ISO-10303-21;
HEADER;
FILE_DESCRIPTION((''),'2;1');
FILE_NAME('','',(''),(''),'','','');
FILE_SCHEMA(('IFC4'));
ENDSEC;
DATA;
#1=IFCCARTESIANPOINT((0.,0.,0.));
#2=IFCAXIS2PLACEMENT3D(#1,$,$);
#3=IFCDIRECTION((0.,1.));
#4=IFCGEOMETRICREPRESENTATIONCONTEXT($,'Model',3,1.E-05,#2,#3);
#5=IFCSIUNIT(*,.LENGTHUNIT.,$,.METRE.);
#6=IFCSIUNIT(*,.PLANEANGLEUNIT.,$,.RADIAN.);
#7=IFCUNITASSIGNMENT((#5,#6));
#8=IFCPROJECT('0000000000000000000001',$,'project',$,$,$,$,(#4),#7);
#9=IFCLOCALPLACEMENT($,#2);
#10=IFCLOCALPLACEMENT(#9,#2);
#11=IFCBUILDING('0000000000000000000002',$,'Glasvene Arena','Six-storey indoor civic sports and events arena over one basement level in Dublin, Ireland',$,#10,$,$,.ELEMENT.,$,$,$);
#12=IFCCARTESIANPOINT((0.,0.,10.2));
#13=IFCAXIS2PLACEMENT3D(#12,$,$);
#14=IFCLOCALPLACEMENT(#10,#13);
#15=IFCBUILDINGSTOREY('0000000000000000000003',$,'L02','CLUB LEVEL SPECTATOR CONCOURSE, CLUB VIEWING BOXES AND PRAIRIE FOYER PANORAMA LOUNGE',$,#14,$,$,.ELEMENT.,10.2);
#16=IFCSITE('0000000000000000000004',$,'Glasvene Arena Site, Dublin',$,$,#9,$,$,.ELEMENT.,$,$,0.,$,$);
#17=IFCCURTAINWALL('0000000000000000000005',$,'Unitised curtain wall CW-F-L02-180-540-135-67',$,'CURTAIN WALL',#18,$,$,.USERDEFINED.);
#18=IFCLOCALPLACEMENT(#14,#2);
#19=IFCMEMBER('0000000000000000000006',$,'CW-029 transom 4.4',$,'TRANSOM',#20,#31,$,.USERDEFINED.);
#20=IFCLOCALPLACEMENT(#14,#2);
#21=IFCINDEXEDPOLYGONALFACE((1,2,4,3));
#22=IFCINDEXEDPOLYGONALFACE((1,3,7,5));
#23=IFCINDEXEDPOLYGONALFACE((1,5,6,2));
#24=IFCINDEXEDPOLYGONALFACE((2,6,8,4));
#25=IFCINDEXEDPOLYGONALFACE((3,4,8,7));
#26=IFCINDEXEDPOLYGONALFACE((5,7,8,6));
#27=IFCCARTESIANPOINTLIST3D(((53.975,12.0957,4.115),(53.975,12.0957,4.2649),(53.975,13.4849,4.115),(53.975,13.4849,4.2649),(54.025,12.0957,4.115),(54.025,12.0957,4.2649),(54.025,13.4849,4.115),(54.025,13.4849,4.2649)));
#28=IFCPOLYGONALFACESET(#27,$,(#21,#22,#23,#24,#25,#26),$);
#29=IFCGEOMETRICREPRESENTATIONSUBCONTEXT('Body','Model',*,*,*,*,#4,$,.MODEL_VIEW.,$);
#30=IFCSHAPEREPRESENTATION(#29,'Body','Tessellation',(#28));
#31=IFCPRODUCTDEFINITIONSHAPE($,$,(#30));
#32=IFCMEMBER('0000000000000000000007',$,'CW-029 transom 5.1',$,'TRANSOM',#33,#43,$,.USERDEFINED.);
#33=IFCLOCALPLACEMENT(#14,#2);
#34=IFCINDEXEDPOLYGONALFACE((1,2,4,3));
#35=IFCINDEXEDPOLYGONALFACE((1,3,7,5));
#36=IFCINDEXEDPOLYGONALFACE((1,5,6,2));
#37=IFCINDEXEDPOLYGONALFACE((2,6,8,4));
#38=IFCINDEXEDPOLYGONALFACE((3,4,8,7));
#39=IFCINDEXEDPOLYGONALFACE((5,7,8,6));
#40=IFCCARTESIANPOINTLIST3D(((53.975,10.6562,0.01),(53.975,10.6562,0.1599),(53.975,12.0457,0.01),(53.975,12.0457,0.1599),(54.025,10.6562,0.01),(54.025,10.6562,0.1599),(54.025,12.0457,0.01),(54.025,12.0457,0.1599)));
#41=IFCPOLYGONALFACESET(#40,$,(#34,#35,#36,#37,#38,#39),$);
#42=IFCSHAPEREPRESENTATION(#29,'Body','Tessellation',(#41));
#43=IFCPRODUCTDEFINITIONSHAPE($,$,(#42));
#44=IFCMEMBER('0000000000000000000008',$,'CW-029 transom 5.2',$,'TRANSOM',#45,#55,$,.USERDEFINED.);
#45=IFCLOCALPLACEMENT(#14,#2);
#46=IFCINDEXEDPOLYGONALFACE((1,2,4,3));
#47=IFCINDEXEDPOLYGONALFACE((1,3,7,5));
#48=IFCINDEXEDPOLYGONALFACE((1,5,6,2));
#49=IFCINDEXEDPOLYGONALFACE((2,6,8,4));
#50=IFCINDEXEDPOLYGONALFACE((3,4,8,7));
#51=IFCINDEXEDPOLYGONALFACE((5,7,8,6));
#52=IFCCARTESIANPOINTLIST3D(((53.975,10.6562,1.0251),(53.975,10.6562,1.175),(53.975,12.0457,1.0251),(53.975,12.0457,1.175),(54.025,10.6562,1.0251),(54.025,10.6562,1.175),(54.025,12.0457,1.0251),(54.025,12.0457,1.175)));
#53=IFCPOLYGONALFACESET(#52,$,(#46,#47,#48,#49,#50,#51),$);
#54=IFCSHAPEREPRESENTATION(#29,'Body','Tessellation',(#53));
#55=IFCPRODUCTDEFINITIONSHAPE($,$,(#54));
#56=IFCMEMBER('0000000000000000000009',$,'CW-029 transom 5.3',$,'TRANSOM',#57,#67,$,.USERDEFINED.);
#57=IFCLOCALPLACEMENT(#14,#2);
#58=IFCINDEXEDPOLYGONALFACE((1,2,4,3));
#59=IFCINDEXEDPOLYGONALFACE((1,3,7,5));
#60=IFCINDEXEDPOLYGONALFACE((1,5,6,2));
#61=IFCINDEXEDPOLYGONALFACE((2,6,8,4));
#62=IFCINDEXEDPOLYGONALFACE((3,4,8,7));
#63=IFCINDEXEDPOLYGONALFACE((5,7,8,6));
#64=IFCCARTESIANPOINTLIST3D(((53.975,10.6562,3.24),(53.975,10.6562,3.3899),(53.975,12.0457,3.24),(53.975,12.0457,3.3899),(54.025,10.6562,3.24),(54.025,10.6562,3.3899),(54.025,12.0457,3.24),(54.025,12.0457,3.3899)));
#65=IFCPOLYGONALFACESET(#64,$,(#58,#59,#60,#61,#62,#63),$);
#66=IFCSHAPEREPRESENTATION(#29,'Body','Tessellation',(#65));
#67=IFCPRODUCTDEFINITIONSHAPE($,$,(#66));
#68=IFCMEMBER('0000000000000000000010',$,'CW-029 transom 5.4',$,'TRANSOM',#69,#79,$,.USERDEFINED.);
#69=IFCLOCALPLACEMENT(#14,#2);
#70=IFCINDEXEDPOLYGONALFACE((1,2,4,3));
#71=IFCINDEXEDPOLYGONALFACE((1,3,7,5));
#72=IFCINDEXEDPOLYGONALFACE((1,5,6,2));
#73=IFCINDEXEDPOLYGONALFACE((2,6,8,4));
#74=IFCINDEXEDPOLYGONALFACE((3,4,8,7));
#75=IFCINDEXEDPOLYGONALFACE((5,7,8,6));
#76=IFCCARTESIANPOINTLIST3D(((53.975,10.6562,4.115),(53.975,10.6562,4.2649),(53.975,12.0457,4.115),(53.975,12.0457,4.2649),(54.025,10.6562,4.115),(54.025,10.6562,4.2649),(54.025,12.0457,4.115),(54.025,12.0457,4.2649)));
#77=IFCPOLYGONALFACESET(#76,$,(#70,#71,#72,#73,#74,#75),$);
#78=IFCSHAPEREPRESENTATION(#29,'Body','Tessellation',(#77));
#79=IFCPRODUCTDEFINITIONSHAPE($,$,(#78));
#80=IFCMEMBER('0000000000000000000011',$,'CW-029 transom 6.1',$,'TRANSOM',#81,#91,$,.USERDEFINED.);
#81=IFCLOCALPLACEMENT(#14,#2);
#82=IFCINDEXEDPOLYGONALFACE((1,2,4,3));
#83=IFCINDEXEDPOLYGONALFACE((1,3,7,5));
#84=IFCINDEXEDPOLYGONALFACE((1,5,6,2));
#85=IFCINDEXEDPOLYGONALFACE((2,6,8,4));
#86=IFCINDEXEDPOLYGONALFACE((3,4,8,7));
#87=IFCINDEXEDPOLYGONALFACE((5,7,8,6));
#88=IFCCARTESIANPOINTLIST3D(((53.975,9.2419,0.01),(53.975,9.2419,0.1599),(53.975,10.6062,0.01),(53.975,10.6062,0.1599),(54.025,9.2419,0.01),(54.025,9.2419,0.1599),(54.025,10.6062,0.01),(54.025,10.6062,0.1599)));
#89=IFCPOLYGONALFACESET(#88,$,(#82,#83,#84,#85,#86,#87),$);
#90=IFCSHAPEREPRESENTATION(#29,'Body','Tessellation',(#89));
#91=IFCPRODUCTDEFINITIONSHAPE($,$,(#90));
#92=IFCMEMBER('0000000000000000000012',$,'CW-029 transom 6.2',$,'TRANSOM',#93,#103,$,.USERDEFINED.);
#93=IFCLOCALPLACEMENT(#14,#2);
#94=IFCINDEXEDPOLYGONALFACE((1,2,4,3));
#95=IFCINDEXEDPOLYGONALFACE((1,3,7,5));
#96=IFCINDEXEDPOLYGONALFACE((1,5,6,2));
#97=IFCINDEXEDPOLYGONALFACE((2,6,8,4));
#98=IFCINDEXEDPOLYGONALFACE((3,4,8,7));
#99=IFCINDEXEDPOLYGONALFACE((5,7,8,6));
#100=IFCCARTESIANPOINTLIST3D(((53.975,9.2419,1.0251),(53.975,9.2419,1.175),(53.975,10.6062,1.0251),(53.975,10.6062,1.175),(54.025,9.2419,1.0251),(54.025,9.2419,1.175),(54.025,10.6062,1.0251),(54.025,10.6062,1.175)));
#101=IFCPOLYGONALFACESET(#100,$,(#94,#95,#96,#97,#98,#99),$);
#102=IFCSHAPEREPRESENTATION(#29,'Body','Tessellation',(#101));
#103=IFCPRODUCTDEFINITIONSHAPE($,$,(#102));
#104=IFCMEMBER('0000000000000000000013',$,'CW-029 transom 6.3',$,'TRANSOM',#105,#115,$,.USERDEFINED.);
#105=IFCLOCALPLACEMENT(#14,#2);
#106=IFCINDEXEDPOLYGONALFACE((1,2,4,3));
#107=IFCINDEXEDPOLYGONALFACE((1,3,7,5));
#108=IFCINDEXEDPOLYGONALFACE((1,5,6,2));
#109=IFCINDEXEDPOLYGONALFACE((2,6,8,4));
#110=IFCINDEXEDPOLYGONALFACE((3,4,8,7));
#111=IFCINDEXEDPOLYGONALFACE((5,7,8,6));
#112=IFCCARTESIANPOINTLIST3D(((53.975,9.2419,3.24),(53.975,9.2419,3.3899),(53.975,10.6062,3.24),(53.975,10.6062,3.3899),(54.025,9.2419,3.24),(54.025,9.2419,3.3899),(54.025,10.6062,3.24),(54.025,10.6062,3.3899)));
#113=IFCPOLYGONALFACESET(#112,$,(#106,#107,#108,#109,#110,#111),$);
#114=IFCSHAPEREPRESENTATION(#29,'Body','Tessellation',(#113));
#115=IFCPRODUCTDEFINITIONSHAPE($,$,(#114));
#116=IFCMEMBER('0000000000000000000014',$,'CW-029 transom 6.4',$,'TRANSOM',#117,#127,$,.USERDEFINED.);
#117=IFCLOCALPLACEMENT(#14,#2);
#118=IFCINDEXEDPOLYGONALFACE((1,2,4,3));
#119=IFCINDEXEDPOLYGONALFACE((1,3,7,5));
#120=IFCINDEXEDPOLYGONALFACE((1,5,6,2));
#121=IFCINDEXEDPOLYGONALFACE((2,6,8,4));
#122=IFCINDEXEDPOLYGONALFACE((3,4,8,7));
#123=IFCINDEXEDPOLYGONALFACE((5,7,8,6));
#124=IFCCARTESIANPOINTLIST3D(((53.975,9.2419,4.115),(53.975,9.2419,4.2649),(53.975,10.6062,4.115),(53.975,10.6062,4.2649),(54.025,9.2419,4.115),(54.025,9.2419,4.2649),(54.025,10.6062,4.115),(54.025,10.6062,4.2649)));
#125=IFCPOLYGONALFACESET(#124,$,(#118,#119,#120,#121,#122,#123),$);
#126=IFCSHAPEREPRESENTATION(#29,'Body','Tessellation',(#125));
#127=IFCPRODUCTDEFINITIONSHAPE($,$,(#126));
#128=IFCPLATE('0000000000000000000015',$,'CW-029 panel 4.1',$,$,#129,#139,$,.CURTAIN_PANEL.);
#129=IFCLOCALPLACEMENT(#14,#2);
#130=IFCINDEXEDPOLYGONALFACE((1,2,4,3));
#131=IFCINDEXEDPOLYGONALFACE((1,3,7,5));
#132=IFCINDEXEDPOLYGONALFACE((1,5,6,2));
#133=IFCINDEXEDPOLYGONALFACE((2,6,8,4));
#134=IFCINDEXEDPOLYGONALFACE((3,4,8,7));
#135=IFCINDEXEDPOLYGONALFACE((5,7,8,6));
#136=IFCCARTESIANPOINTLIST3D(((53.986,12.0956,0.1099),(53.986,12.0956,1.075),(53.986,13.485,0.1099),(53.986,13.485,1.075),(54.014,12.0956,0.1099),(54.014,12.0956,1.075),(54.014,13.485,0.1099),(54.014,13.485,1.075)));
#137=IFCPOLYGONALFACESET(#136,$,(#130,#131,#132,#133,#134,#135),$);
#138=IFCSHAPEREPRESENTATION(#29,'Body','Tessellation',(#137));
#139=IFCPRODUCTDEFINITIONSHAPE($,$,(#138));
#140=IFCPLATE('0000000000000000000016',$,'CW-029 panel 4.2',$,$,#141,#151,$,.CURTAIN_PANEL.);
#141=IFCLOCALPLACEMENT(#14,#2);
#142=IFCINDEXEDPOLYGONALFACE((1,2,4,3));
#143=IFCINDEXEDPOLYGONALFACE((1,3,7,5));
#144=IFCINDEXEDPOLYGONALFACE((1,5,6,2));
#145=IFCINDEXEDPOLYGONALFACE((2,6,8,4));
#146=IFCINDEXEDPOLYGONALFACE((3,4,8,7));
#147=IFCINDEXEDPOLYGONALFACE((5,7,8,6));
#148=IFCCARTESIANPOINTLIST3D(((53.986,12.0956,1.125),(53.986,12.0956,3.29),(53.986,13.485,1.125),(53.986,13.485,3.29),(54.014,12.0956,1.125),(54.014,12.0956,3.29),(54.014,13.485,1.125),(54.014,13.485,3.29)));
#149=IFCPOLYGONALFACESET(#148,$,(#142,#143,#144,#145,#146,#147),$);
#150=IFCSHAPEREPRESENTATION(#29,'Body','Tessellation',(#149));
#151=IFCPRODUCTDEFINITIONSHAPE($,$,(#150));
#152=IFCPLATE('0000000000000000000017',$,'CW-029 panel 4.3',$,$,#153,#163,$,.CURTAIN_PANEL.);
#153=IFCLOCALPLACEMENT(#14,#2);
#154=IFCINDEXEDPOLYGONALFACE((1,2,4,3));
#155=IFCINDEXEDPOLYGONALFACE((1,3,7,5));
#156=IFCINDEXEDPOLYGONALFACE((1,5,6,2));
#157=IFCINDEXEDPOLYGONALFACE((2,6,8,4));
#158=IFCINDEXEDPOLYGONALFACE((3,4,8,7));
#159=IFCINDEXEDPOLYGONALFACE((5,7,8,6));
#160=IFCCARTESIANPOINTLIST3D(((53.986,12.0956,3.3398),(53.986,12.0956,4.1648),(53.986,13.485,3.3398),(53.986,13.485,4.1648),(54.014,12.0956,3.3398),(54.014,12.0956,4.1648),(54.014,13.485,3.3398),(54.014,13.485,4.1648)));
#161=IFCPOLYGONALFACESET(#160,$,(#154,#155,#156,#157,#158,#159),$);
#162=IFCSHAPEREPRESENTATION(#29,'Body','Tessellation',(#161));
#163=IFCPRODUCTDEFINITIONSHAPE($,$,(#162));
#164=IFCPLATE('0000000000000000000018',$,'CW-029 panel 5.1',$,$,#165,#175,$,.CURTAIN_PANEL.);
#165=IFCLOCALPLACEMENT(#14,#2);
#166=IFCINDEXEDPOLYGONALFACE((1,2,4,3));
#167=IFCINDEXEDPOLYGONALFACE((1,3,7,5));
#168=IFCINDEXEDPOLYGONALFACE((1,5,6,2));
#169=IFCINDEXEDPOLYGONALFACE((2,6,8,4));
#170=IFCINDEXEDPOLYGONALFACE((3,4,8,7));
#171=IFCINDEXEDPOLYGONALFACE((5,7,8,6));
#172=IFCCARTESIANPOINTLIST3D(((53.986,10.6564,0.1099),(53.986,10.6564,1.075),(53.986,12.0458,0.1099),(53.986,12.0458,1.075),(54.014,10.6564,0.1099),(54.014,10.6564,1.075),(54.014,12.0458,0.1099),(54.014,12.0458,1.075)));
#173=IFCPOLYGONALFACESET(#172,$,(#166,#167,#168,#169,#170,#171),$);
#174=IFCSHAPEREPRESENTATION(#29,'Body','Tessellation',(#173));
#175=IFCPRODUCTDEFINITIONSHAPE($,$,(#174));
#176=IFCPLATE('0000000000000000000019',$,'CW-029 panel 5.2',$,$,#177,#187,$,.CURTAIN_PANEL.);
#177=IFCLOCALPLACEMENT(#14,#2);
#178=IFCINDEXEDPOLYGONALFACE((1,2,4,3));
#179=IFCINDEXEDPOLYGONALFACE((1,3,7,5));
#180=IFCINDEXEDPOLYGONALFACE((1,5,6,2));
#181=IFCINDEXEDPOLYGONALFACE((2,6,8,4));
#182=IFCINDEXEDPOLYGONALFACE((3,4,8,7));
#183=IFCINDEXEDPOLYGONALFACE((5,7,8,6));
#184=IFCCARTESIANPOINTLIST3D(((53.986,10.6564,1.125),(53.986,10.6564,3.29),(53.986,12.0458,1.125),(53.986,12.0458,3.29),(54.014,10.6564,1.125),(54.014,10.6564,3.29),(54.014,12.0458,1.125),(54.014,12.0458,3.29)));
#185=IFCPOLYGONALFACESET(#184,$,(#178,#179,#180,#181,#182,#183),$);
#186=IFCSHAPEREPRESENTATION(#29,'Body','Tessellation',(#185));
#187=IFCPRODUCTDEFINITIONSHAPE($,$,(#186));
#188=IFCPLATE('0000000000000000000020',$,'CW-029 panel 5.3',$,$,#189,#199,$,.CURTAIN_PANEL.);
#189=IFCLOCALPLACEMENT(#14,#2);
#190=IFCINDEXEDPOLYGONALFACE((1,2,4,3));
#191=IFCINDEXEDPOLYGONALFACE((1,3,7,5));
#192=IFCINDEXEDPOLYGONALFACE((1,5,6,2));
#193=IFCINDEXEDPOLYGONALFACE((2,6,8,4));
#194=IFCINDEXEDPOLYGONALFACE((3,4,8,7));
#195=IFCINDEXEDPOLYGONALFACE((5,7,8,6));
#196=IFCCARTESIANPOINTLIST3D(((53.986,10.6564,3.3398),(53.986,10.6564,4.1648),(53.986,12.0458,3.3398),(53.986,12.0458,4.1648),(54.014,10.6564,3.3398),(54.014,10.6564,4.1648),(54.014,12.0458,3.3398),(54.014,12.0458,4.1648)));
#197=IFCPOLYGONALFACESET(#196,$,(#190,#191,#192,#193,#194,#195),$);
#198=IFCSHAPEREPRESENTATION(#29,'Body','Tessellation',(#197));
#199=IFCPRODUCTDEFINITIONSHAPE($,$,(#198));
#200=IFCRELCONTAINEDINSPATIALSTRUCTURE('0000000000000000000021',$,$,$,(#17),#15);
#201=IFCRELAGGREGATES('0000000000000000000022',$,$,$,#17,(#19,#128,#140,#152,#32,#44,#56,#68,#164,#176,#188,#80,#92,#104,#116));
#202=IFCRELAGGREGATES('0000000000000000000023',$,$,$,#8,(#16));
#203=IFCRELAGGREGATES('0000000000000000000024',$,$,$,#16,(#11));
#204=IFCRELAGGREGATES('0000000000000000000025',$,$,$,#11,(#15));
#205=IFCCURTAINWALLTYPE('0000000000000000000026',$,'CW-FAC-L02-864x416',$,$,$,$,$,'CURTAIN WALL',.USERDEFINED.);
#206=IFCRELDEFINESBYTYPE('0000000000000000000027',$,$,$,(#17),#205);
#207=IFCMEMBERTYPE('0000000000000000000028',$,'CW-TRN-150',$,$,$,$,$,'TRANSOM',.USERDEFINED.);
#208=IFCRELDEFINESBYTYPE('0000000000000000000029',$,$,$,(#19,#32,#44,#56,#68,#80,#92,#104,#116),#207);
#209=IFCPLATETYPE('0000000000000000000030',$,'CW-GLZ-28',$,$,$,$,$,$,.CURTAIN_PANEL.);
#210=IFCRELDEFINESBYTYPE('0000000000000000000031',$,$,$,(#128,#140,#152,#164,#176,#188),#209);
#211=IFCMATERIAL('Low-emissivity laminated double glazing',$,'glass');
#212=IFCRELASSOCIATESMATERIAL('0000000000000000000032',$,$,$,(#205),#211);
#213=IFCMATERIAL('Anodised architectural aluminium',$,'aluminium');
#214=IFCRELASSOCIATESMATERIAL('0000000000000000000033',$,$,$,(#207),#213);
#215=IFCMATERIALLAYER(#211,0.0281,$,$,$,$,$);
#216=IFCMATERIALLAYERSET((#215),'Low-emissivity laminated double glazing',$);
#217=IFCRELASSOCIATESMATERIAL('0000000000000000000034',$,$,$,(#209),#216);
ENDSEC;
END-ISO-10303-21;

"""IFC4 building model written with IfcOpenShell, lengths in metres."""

from ifc_helpers import new_model, si_unit, direction, frame, origin, origin_2d, place, context, subcontext, project, spatial, rectangle, extrude, material, layer, layer_set, material_profile, profile_set, type_object, element, aggregate, save


model = new_model("IFC4")

# Units and contexts
model_context = context("Model", 3, precision=1e-05, world=origin(), true_north=direction((0.0, 1.0)))
body_context = subcontext(model_context, "Body", "Model", "MODEL_VIEW")
ifc_project = project(units=[si_unit("LENGTHUNIT", "METRE"), si_unit("PLANEANGLEUNIT", "RADIAN")], contexts=[model_context])

# Site, building, storey
site_placement = place(None, origin())
site = spatial("IfcSite", under=ifc_project, at=site_placement, Name="Glasvene Arena Site, Dublin", CompositionType="ELEMENT", RefElevation=0.0)
building_placement = place(site_placement, origin())
building = spatial("IfcBuilding", under=site, at=building_placement, Name="Glasvene Arena", Description="Six-storey indoor civic sports and events arena over one basement level in Dublin, Ireland", CompositionType="ELEMENT")
storey_placement = place(building_placement, frame((0.0, 0.0, 10.2)))
storey = spatial("IfcBuildingStorey", under=building, at=storey_placement, Name="L02", Description="CLUB LEVEL SPECTATOR CONCOURSE, CLUB VIEWING BOXES AND PRAIRIE FOYER PANORAMA LOUNGE", CompositionType="ELEMENT", Elevation=10.2)

# Curtain wall, members, plates
ifc_material_1 = material(Name="Low-emissivity laminated double glazing", Category="glass")
curtain_wall_type = type_object("IfcCurtainWallType", Name="CW-FAC-L02-864x416", ElementType="CURTAIN WALL", PredefinedType="USERDEFINED", material=ifc_material_1)
curtain_wall_placement = place(storey_placement, frame((54.0, 17.8279, 0.0)))
curtain_wall = element("IfcCurtainWall", 1, at=curtain_wall_placement, inside=storey, type_object=curtain_wall_type, Name="Unitised curtain wall CW-F-L02-180-540-135-67", ObjectType="CURTAIN WALL", PredefinedType="USERDEFINED")
ifc_material_2 = material(Name="Anodised architectural aluminium", Category="aluminium")
ifc_material_profile_1 = material_profile(ifc_material_2, rectangle(XDim=0.05, YDim=0.1499, at=origin_2d()), Name="ALU TRANSOM 50x150")
ifc_profile_set_1 = profile_set([ifc_material_profile_1], Name="Anodised architectural aluminium")
member_type_1 = type_object("IfcMemberType", Name="CW-TRN-150", ElementType="TRANSOM", PredefinedType="USERDEFINED", material=ifc_profile_set_1)
member_1_placement = place(storey_placement, frame((54.0, 13.4849, 4.1899), z_axis=(0.0, -1.0, 0.0), x_axis=(1.0, 0.0, 0.0)))
member_1 = element("IfcMember", 2, at=member_1_placement, type_object=member_type_1, Name="CW-029 transom 4.4", ObjectType="TRANSOM", PredefinedType="USERDEFINED", context=body_context, shape_type="SweptSolid", body=[
    extrude(rectangle(XDim=0.05, YDim=0.1499, at=origin_2d()), origin(), (0.0, 0.0, 1.0), 1.3892),
])
member_2_placement = place(storey_placement, frame((54.0, 12.0457, 0.085), z_axis=(0.0, -1.0, 0.0), x_axis=(1.0, 0.0, 0.0)))
member_2 = element("IfcMember", 3, at=member_2_placement, type_object=member_type_1, Name="CW-029 transom 5.1", ObjectType="TRANSOM", PredefinedType="USERDEFINED", context=body_context, shape_type="SweptSolid", body=[
    extrude(rectangle(XDim=0.05, YDim=0.1499, at=origin_2d()), origin(), (0.0, 0.0, 1.0), 1.3894),
])
member_3_placement = place(storey_placement, frame((54.0, 12.0457, 1.1001), z_axis=(0.0, -1.0, 0.0), x_axis=(1.0, 0.0, 0.0)))
member_3 = element("IfcMember", 4, at=member_3_placement, type_object=member_type_1, Name="CW-029 transom 5.2", ObjectType="TRANSOM", PredefinedType="USERDEFINED", context=body_context, shape_type="SweptSolid", body=[
    extrude(rectangle(XDim=0.05, YDim=0.1499, at=origin_2d()), origin(), (0.0, 0.0, 1.0), 1.3894),
])
member_4_placement = place(storey_placement, frame((54.0, 12.0457, 3.3149), z_axis=(0.0, -1.0, 0.0), x_axis=(1.0, 0.0, 0.0)))
member_4 = element("IfcMember", 5, at=member_4_placement, type_object=member_type_1, Name="CW-029 transom 5.3", ObjectType="TRANSOM", PredefinedType="USERDEFINED", context=body_context, shape_type="SweptSolid", body=[
    extrude(rectangle(XDim=0.05, YDim=0.1499, at=origin_2d()), origin(), (0.0, 0.0, 1.0), 1.3894),
])
member_5_placement = place(storey_placement, frame((54.0, 12.0457, 4.1899), z_axis=(0.0, -1.0, 0.0), x_axis=(1.0, 0.0, 0.0)))
member_5 = element("IfcMember", 6, at=member_5_placement, type_object=member_type_1, Name="CW-029 transom 5.4", ObjectType="TRANSOM", PredefinedType="USERDEFINED", context=body_context, shape_type="SweptSolid", body=[
    extrude(rectangle(XDim=0.05, YDim=0.1499, at=origin_2d()), origin(), (0.0, 0.0, 1.0), 1.3894),
])
member_6_placement = place(storey_placement, frame((54.0, 10.6062, 0.085), z_axis=(0.0, -1.0, 0.0), x_axis=(1.0, 0.0, 0.0)))
member_6 = element("IfcMember", 7, at=member_6_placement, type_object=member_type_1, Name="CW-029 transom 6.1", ObjectType="TRANSOM", PredefinedType="USERDEFINED", context=body_context, shape_type="SweptSolid", body=[
    extrude(rectangle(XDim=0.05, YDim=0.1499, at=origin_2d()), origin(), (0.0, 0.0, 1.0), 1.3643),
])
member_7_placement = place(storey_placement, frame((54.0, 10.6062, 1.1001), z_axis=(0.0, -1.0, 0.0), x_axis=(1.0, 0.0, 0.0)))
member_7 = element("IfcMember", 8, at=member_7_placement, type_object=member_type_1, Name="CW-029 transom 6.2", ObjectType="TRANSOM", PredefinedType="USERDEFINED", context=body_context, shape_type="SweptSolid", body=[
    extrude(rectangle(XDim=0.05, YDim=0.1499, at=origin_2d()), origin(), (0.0, 0.0, 1.0), 1.3643),
])
member_8_placement = place(storey_placement, frame((54.0, 10.6062, 3.3149), z_axis=(0.0, -1.0, 0.0), x_axis=(1.0, 0.0, 0.0)))
member_8 = element("IfcMember", 9, at=member_8_placement, type_object=member_type_1, Name="CW-029 transom 6.3", ObjectType="TRANSOM", PredefinedType="USERDEFINED", context=body_context, shape_type="SweptSolid", body=[
    extrude(rectangle(XDim=0.05, YDim=0.1499, at=origin_2d()), origin(), (0.0, 0.0, 1.0), 1.3643),
])
member_9_placement = place(storey_placement, frame((54.0, 10.6062, 4.1899), z_axis=(0.0, -1.0, 0.0), x_axis=(1.0, 0.0, 0.0)))
member_9 = element("IfcMember", 10, at=member_9_placement, type_object=member_type_1, Name="CW-029 transom 6.4", ObjectType="TRANSOM", PredefinedType="USERDEFINED", context=body_context, shape_type="SweptSolid", body=[
    extrude(rectangle(XDim=0.05, YDim=0.1499, at=origin_2d()), origin(), (0.0, 0.0, 1.0), 1.3643),
])
ifc_layer_1 = layer(ifc_material_1, 0.0281)
ifc_layer_set_1 = layer_set([ifc_layer_1], Name="Low-emissivity laminated double glazing")
plate_type = type_object("IfcPlateType", Name="CW-GLZ-28", PredefinedType="CURTAIN_PANEL", material=ifc_layer_set_1)
plate_1_placement = place(storey_placement, frame((54.0, 12.7903, 0.1099), z_axis=(0.0, 0.0, 1.0), x_axis=(0.0, -1.0, 0.0)))
plate_1 = element("IfcPlate", 11, at=plate_1_placement, type_object=plate_type, Name="CW-029 panel 4.1", PredefinedType="CURTAIN_PANEL", context=body_context, shape_type="SweptSolid", body=[
    extrude(rectangle(XDim=1.3894, YDim=0.0281, at=origin_2d()), origin(), (0.0, 0.0, 1.0), 0.9651),
])
plate_2_placement = place(storey_placement, frame((54.0, 12.7903, 1.125), z_axis=(0.0, 0.0, 1.0), x_axis=(0.0, -1.0, 0.0)))
plate_2 = element("IfcPlate", 12, at=plate_2_placement, type_object=plate_type, Name="CW-029 panel 4.2", PredefinedType="CURTAIN_PANEL", context=body_context, shape_type="SweptSolid", body=[
    extrude(rectangle(XDim=1.3894, YDim=0.0281, at=origin_2d()), origin(), (0.0, 0.0, 1.0), 2.165),
])
plate_3_placement = place(storey_placement, frame((54.0, 12.7903, 3.3398), z_axis=(0.0, 0.0, 1.0), x_axis=(0.0, -1.0, 0.0)))
plate_3 = element("IfcPlate", 13, at=plate_3_placement, type_object=plate_type, Name="CW-029 panel 4.3", PredefinedType="CURTAIN_PANEL", context=body_context, shape_type="SweptSolid", body=[
    extrude(rectangle(XDim=1.3894, YDim=0.0281, at=origin_2d()), origin(), (0.0, 0.0, 1.0), 0.825),
])
plate_4_placement = place(storey_placement, frame((54.0, 11.3511, 0.1099), z_axis=(0.0, 0.0, 1.0), x_axis=(0.0, -1.0, 0.0)))
plate_4 = element("IfcPlate", 14, at=plate_4_placement, type_object=plate_type, Name="CW-029 panel 5.1", PredefinedType="CURTAIN_PANEL", context=body_context, shape_type="SweptSolid", body=[
    extrude(rectangle(XDim=1.3894, YDim=0.0281, at=origin_2d()), origin(), (0.0, 0.0, 1.0), 0.9651),
])
plate_5_placement = place(storey_placement, frame((54.0, 11.3511, 1.125), z_axis=(0.0, 0.0, 1.0), x_axis=(0.0, -1.0, 0.0)))
plate_5 = element("IfcPlate", 15, at=plate_5_placement, type_object=plate_type, Name="CW-029 panel 5.2", PredefinedType="CURTAIN_PANEL", context=body_context, shape_type="SweptSolid", body=[
    extrude(rectangle(XDim=1.3894, YDim=0.0281, at=origin_2d()), origin(), (0.0, 0.0, 1.0), 2.165),
])
plate_6_placement = place(storey_placement, frame((54.0, 11.3511, 3.3398), z_axis=(0.0, 0.0, 1.0), x_axis=(0.0, -1.0, 0.0)))
plate_6 = element("IfcPlate", 16, at=plate_6_placement, type_object=plate_type, Name="CW-029 panel 5.3", PredefinedType="CURTAIN_PANEL", context=body_context, shape_type="SweptSolid", body=[
    extrude(rectangle(XDim=1.3894, YDim=0.0281, at=origin_2d()), origin(), (0.0, 0.0, 1.0), 0.825),
])
aggregate(curtain_wall, [member_1, plate_1, plate_2, plate_3, member_2, member_3, member_4, member_5, plate_4, plate_5, plate_6, member_6, member_7, member_8, member_9])

save(model, "model.ifc")
